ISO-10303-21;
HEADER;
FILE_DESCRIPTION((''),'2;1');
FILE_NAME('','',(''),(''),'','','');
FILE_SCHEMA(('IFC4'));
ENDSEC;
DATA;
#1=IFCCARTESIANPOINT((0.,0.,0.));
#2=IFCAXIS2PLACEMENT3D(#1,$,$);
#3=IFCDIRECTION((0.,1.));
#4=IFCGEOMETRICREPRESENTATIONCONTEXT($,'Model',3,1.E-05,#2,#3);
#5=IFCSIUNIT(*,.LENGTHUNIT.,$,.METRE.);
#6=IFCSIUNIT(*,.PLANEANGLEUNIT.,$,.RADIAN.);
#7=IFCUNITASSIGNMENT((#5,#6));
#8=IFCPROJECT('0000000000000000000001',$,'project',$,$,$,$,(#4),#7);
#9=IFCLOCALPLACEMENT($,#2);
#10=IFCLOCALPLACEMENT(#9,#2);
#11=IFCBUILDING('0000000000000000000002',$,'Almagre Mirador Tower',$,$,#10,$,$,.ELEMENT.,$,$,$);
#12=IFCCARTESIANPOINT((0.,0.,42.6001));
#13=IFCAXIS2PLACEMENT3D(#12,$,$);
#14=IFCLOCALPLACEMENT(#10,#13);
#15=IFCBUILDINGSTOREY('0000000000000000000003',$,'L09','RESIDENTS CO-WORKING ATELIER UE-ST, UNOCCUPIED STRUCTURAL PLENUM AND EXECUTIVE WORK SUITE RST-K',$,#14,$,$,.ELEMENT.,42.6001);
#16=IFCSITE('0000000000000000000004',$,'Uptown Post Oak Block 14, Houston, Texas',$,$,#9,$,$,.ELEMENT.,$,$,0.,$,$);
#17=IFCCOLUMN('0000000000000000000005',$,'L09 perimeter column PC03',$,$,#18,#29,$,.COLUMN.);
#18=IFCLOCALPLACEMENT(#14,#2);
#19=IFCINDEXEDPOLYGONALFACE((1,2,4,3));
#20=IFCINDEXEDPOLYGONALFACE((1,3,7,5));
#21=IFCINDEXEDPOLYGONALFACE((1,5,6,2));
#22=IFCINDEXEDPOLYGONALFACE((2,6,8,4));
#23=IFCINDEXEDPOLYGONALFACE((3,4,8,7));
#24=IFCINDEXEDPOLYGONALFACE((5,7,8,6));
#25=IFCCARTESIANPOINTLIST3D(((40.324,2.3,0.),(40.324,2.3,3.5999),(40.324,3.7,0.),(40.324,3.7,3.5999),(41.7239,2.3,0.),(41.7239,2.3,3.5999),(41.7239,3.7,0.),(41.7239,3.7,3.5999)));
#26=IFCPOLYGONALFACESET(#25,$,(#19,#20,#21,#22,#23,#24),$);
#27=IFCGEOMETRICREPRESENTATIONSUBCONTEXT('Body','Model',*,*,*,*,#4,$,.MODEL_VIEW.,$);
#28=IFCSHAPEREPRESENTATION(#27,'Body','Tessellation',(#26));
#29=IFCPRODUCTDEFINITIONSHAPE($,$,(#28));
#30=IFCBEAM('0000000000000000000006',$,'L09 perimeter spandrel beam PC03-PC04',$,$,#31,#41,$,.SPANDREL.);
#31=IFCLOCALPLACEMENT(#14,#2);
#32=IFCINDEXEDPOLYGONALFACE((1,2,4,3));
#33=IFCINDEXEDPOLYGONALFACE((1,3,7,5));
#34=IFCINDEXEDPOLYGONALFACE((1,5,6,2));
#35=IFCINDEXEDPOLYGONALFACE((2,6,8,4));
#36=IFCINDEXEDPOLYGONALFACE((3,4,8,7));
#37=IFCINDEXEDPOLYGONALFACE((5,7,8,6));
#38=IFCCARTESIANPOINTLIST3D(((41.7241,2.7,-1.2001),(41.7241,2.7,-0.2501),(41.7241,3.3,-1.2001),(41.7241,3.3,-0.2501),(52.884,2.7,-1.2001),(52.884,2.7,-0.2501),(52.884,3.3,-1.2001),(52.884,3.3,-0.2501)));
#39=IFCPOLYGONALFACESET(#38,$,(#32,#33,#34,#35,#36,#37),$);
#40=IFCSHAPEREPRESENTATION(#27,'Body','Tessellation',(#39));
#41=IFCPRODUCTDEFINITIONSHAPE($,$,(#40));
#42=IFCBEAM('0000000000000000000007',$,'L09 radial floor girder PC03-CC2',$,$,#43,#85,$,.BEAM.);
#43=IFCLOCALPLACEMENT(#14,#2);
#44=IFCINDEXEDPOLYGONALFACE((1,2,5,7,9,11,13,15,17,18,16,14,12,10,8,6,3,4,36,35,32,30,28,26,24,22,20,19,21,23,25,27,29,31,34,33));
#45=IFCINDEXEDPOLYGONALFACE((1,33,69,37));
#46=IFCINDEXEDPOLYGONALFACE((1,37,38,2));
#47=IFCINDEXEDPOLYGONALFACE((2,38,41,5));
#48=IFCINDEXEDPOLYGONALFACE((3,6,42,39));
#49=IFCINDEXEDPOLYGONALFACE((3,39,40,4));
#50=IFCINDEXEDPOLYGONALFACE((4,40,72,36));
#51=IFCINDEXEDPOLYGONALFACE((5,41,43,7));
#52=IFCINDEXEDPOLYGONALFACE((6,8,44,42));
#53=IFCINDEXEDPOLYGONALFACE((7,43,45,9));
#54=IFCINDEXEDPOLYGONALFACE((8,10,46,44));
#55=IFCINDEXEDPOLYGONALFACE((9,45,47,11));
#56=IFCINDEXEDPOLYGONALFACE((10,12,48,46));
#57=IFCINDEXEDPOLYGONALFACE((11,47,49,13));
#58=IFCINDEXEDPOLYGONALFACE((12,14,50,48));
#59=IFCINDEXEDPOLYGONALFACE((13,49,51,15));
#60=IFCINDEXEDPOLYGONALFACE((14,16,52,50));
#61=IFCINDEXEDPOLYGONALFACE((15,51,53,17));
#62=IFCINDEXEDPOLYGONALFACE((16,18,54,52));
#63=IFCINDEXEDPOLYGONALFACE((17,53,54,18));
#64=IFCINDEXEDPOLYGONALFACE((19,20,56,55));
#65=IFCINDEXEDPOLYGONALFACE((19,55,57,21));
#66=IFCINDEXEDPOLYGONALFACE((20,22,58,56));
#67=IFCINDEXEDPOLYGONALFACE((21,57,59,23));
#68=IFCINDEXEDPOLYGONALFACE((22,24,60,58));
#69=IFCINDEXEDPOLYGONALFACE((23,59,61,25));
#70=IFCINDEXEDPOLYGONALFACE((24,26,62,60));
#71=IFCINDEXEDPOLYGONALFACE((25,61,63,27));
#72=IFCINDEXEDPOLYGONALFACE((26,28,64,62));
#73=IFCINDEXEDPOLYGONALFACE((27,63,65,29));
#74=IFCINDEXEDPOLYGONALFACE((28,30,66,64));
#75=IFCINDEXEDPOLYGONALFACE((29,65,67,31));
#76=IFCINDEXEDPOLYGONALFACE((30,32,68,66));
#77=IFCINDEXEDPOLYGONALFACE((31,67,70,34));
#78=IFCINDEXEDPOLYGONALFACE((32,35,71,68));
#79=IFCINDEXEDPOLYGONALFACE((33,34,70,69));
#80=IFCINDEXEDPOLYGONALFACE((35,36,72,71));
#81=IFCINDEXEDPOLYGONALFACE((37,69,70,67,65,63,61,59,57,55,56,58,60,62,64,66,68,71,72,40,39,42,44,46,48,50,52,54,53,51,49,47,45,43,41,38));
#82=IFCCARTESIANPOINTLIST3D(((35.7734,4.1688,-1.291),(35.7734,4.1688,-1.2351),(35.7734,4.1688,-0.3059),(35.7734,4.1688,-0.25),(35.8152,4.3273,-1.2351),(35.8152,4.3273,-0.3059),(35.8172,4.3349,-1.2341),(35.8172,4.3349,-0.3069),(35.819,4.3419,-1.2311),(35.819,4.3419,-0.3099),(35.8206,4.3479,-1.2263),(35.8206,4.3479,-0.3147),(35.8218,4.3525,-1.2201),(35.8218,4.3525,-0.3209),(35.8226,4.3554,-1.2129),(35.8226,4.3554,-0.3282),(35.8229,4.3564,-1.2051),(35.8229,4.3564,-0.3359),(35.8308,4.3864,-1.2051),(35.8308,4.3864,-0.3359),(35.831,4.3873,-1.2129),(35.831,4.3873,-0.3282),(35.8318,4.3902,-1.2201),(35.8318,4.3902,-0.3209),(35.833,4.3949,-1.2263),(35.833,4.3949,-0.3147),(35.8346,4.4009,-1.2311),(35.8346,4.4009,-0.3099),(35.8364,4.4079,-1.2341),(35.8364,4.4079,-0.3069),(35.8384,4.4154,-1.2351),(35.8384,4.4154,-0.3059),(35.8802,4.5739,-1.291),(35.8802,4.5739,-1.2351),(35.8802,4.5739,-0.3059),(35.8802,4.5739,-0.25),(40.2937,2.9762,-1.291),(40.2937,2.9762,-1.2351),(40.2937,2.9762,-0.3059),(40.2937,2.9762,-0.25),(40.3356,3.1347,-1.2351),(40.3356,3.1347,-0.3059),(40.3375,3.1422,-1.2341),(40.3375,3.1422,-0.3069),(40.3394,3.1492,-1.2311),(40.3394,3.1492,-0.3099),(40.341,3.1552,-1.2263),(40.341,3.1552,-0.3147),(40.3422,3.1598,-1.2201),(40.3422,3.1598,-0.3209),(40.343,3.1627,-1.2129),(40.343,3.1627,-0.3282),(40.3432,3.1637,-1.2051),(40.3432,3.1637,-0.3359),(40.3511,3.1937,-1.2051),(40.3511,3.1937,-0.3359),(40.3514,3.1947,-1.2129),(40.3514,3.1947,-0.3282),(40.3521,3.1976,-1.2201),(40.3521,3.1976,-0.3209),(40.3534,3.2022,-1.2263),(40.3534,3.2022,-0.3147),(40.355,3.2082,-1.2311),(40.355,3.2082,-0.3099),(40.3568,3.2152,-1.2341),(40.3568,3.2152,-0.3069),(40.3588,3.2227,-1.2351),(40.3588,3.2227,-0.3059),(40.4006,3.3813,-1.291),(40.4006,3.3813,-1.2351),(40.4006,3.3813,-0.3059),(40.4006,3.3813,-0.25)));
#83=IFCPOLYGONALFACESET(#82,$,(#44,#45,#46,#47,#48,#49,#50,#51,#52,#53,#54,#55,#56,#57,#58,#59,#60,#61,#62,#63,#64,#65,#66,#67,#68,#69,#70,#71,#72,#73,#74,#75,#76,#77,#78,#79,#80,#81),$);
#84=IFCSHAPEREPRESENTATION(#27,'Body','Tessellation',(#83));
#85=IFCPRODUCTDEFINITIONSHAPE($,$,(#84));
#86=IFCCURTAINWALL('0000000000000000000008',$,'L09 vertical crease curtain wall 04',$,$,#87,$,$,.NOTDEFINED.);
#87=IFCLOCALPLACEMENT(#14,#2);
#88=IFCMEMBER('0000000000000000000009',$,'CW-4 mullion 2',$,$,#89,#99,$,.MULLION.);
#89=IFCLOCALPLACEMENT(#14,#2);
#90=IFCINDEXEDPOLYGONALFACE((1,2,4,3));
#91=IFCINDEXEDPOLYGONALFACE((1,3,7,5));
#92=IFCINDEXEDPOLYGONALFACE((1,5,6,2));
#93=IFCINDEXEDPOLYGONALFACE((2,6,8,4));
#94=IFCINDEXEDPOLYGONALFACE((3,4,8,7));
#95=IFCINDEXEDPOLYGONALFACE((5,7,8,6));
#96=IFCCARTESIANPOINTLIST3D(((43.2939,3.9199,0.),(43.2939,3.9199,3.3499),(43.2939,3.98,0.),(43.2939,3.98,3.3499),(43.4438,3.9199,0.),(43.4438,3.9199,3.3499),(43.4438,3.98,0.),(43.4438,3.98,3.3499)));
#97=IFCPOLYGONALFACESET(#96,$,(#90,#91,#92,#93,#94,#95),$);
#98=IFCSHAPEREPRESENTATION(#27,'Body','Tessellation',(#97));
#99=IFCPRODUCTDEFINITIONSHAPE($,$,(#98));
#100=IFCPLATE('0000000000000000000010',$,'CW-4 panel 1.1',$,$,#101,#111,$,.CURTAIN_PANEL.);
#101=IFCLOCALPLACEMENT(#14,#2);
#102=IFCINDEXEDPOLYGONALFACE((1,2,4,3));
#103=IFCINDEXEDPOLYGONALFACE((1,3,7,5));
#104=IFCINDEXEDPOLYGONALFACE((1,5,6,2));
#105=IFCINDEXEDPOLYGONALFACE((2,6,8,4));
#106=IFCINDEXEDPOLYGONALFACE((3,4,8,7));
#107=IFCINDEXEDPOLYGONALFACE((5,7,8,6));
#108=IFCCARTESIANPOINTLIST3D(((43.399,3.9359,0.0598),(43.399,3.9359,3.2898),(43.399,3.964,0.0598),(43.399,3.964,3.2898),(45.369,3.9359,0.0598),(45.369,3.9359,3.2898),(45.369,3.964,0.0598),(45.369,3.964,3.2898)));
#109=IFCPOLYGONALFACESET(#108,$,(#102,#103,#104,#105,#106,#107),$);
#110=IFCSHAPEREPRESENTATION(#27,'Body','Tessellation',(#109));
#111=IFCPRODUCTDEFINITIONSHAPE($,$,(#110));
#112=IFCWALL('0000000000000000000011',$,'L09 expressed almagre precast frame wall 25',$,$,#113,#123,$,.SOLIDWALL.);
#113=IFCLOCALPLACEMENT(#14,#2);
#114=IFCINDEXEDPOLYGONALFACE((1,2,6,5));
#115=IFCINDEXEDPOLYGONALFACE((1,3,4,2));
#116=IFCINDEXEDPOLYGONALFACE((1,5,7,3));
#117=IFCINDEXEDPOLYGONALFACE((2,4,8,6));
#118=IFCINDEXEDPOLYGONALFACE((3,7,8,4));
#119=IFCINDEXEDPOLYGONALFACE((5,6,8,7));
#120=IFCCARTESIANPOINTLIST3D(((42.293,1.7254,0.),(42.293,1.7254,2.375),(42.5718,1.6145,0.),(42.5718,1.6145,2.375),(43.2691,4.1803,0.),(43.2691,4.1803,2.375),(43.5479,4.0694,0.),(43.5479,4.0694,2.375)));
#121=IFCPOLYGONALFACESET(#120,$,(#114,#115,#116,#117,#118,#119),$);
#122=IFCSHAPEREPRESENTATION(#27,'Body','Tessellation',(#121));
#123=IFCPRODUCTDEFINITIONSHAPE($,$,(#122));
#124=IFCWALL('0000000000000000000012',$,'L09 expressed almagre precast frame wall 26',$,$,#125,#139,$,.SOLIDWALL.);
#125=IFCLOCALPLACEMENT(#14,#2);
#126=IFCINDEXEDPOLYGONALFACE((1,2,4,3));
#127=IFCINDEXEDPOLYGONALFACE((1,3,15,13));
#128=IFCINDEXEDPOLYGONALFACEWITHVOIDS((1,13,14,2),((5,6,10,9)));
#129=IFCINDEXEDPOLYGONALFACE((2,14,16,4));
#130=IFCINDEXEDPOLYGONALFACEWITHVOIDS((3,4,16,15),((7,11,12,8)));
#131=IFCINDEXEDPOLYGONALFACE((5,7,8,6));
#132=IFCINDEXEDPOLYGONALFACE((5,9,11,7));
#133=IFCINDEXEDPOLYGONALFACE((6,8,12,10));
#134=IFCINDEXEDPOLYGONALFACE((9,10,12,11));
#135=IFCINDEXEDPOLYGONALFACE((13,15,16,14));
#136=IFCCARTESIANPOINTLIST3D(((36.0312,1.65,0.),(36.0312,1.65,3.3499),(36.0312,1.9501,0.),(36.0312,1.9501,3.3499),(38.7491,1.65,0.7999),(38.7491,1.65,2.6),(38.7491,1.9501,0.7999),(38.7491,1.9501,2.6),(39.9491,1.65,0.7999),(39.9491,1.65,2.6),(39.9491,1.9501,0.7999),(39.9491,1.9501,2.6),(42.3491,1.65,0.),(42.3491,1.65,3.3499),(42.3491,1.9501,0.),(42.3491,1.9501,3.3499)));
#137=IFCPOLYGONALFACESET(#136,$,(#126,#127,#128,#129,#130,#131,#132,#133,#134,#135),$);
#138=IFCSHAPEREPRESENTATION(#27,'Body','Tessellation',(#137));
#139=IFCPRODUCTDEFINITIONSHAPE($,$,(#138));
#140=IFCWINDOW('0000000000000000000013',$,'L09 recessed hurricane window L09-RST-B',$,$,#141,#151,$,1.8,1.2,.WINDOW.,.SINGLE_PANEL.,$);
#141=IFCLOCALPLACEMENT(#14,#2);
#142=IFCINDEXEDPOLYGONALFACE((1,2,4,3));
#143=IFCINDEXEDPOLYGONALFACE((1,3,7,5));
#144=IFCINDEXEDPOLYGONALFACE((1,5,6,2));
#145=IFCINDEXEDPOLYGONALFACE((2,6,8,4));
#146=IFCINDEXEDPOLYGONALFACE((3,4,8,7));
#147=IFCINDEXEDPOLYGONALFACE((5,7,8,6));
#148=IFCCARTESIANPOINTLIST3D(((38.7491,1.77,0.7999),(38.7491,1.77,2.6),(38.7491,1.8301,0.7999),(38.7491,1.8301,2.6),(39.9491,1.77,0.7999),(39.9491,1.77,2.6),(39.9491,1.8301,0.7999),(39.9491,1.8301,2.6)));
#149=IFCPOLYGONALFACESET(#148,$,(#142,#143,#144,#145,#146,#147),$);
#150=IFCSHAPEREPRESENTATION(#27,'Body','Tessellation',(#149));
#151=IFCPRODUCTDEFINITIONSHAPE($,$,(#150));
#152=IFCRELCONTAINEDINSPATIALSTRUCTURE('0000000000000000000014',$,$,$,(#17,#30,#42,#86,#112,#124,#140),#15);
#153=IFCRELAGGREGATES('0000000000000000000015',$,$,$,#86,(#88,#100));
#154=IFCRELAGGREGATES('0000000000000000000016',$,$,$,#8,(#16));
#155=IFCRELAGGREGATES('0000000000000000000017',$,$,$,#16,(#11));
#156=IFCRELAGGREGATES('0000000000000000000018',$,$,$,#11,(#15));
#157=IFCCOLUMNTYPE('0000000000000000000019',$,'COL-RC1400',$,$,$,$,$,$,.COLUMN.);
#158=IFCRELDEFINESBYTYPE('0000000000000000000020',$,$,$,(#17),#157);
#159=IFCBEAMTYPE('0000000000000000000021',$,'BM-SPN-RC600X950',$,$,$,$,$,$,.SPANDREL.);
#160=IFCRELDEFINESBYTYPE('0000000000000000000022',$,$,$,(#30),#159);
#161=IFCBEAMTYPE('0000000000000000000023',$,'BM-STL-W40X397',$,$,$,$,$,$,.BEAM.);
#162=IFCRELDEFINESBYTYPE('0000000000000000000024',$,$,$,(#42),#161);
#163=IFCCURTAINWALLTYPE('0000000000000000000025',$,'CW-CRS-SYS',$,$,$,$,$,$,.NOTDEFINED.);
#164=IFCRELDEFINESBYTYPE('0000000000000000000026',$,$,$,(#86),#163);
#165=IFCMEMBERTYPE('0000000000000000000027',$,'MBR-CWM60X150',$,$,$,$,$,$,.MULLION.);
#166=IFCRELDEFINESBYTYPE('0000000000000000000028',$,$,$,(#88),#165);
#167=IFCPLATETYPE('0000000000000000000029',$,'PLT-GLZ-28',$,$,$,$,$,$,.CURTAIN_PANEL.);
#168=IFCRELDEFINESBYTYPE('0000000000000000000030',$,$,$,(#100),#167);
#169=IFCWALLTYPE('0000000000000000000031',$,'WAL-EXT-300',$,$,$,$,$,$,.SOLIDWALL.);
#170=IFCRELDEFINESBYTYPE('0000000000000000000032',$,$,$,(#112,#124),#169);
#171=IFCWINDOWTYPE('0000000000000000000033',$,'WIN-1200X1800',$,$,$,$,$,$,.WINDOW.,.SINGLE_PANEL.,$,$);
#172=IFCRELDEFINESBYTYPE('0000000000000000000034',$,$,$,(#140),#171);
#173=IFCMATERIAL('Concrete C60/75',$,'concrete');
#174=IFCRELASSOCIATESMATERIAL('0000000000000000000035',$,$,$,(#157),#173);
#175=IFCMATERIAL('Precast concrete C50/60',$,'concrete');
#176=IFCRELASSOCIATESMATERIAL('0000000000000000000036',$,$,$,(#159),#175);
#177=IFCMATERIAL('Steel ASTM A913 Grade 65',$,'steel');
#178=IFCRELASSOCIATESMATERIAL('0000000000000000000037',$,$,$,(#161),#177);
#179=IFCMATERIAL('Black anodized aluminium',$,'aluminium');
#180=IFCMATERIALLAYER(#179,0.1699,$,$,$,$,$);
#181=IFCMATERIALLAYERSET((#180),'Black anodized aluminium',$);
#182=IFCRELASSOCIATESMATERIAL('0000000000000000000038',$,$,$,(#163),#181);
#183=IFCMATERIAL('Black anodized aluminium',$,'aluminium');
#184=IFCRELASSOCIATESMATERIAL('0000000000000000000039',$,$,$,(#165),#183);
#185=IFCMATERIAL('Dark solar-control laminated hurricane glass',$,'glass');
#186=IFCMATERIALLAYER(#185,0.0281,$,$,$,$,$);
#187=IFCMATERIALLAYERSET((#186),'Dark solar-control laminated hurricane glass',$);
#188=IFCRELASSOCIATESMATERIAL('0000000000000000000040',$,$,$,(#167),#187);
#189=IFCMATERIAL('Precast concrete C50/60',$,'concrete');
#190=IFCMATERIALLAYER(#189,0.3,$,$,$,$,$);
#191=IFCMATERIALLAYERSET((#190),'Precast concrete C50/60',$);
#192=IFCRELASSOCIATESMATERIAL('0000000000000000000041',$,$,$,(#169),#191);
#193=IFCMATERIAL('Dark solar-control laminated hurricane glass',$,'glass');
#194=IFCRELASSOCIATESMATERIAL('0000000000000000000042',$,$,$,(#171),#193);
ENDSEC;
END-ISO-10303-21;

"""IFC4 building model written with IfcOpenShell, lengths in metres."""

from ifc_helpers import new_model, si_unit, direction, frame, frame_2d, origin, origin_2d, place, context, subcontext, project, spatial, rectangle, i_section, extrude, material, layer, layer_set, material_profile, profile_set, type_object, element, fill, aggregate, save


model = new_model("IFC4")

# Units and contexts
model_context = context("Model", 3, precision=1e-05, world=origin(), true_north=direction((0.0, 1.0)))
body_context = subcontext(model_context, "Body", "Model", "MODEL_VIEW")
ifc_project = project(units=[si_unit("LENGTHUNIT", "METRE"), si_unit("PLANEANGLEUNIT", "RADIAN")], contexts=[model_context])

# Site, building, storey
site_placement = place(None, origin())
site = spatial("IfcSite", under=ifc_project, at=site_placement, Name="Uptown Post Oak Block 14, Houston, Texas", CompositionType="ELEMENT", RefElevation=0.0)
building_placement = place(site_placement, origin())
building = spatial("IfcBuilding", under=site, at=building_placement, Name="Almagre Mirador Tower", CompositionType="ELEMENT")
storey_placement = place(building_placement, frame((0.0, 0.0, 42.6001)))
storey = spatial("IfcBuildingStorey", under=building, at=storey_placement, Name="L09", Description="RESIDENTS CO-WORKING ATELIER UE-ST, UNOCCUPIED STRUCTURAL PLENUM AND EXECUTIVE WORK SUITE RST-K", CompositionType="ELEMENT", Elevation=42.6001)

# Column
ifc_material_1 = material(Name="Concrete C60/75", Category="concrete")
ifc_material_profile_1 = material_profile(ifc_material_1, rectangle(XDim=1.3999, YDim=1.3999, at=origin_2d()), Name="RC1400X1400")
ifc_profile_set_1 = profile_set([ifc_material_profile_1], Name="Concrete C60/75")
column_type = type_object("IfcColumnType", Name="COL-RC1400", PredefinedType="COLUMN", material=ifc_profile_set_1)
column_placement = place(storey_placement, frame((41.0239, 3.0, 0.0), z_axis=(0.0, 0.0, 1.0), x_axis=(1.0, 0.0, 0.0)))
element("IfcColumn", 1, at=column_placement, inside=storey, type_object=column_type, Name="L09 perimeter column PC03", PredefinedType="COLUMN", context=body_context, shape_type="SweptSolid", body=[
    extrude(rectangle(XDim=1.3999, YDim=1.3999, at=origin_2d()), origin(), (0.0, 0.0, 1.0), 3.5999),
])

# Beams
ifc_material_2 = material(Name="Precast concrete C50/60", Category="concrete")
ifc_material_profile_2 = material_profile(ifc_material_2, rectangle(XDim=0.6001, YDim=0.95, at=origin_2d()), Name="RC600X950")
ifc_profile_set_2 = profile_set([ifc_material_profile_2], Name="Precast concrete C50/60")
beam_type_1 = type_object("IfcBeamType", Name="BM-SPN-RC600X950", PredefinedType="SPANDREL", material=ifc_profile_set_2)
beam_1_placement = place(storey_placement, frame((41.7241, 3.0, -0.7251), z_axis=(1.0, 0.0, 0.0), x_axis=(0.0, 1.0, 0.0)))
element("IfcBeam", 2, at=beam_1_placement, inside=storey, type_object=beam_type_1, Name="L09 perimeter spandrel beam PC03-PC04", PredefinedType="SPANDREL", context=body_context, shape_type="SweptSolid", body=[
    extrude(rectangle(XDim=0.6001, YDim=0.95, at=origin_2d()), origin(), (0.0, 0.0, 1.0), 11.1599),
])
ifc_material_3 = material(Name="Steel ASTM A913 Grade 65", Category="steel")
ifc_material_profile_3 = material_profile(ifc_material_3, i_section(OverallWidth=0.4189, OverallDepth=1.041, WebThickness=0.031, FlangeThickness=0.0559, FilletRadius=0.03, at=origin_2d()), Name="W40X397")
ifc_profile_set_3 = profile_set([ifc_material_profile_3], Name="Steel ASTM A913 Grade 65")
beam_type_2 = type_object("IfcBeamType", Name="BM-STL-W40X397", PredefinedType="BEAM", material=ifc_profile_set_3)
beam_2_placement = place(storey_placement, frame((40.3472, 3.1787, -0.7705), z_axis=(-0.966912, 0.25511, 0.0), x_axis=(-0.25511, -0.966912, 0.0)))
element("IfcBeam", 3, at=beam_2_placement, inside=storey, type_object=beam_type_2, Name="L09 radial floor girder PC03-CC2", PredefinedType="BEAM", context=body_context, shape_type="SweptSolid", body=[
    extrude(i_section(OverallWidth=0.4189, OverallDepth=1.041, WebThickness=0.031, FlangeThickness=0.0559, FilletRadius=0.03, at=origin_2d()), origin(), (0.0, 0.0, 1.0), 4.675),
])

# Curtain wall, member, plate
ifc_material_4 = material(Name="Black anodized aluminium", Category="aluminium")
ifc_layer_1 = layer(ifc_material_4, 0.1699)
ifc_layer_set_1 = layer_set([ifc_layer_1], Name="Black anodized aluminium")
curtain_wall_type = type_object("IfcCurtainWallType", Name="CW-CRS-SYS", PredefinedType="NOTDEFINED", material=ifc_layer_set_1)
curtain_wall_placement = place(storey_placement, origin())
curtain_wall = element("IfcCurtainWall", 4, at=curtain_wall_placement, inside=storey, type_object=curtain_wall_type, Name="L09 vertical crease curtain wall 04", PredefinedType="NOTDEFINED")
ifc_material_5 = material(Name="Black anodized aluminium", Category="aluminium")
ifc_material_profile_4 = material_profile(ifc_material_5, rectangle(XDim=0.0601, YDim=0.1499, at=origin_2d()), Name="CWM60X150")
ifc_profile_set_4 = profile_set([ifc_material_profile_4], Name="Black anodized aluminium")
member_type = type_object("IfcMemberType", Name="MBR-CWM60X150", PredefinedType="MULLION", material=ifc_profile_set_4)
member_placement = place(storey_placement, frame((43.3689, 3.95, 0.0), z_axis=(0.0, 0.0, 1.0), x_axis=(0.0, -1.0, 0.0)))
member = element("IfcMember", 5, at=member_placement, type_object=member_type, Name="CW-4 mullion 2", PredefinedType="MULLION", context=body_context, shape_type="SweptSolid", body=[
    extrude(rectangle(XDim=0.0601, YDim=0.1499, at=origin_2d()), origin(), (0.0, 0.0, 1.0), 3.3499),
])
ifc_material_6 = material(Name="Dark solar-control laminated hurricane glass", Category="glass")
ifc_layer_2 = layer(ifc_material_6, 0.0281)
ifc_layer_set_2 = layer_set([ifc_layer_2], Name="Dark solar-control laminated hurricane glass")
plate_type = type_object("IfcPlateType", Name="PLT-GLZ-28", PredefinedType="CURTAIN_PANEL", material=ifc_layer_set_2)
plate_placement = place(storey_placement, frame((44.384, 3.95, 0.0598), z_axis=(0.0, 0.0, 1.0), x_axis=(-1.0, 0.0, 0.0)))
plate = element("IfcPlate", 6, at=plate_placement, type_object=plate_type, Name="CW-4 panel 1.1", PredefinedType="CURTAIN_PANEL", context=body_context, shape_type="SweptSolid", body=[
    extrude(rectangle(XDim=1.97, YDim=0.0281, at=origin_2d()), origin(), (0.0, 0.0, 1.0), 3.23),
])
aggregate(curtain_wall, [member, plate])

# Wall
ifc_material_7 = material(Name="Precast concrete C50/60", Category="concrete")
ifc_layer_3 = layer(ifc_material_7, 0.3)
ifc_layer_set_3 = layer_set([ifc_layer_3], Name="Precast concrete C50/60")
wall_type_1 = type_object("IfcWallType", Name="WAL-EXT-300", PredefinedType="SOLIDWALL", material=ifc_layer_set_3)
wall_1_placement = place(storey_placement, frame((43.4084, 4.1248, 0.0), z_axis=(0.0, 0.0, 1.0), x_axis=(-0.369478, -0.92924, 0.0)))
element("IfcWall", 7, at=wall_1_placement, inside=storey, type_object=wall_type_1, Name="L09 expressed almagre precast frame wall 25", PredefinedType="SOLIDWALL", context=body_context, shape_type="SweptSolid", body=[
    extrude(rectangle(XDim=2.6418, YDim=0.3, at=frame_2d((1.3208, 0.0))), origin(), (0.0, 0.0, 1.0), 2.375),
])

# Wall, opening, window
wall_2_placement = place(storey_placement, frame((42.3491, 1.8, 0.0), z_axis=(0.0, 0.0, 1.0), x_axis=(-1.0, 0.0, 0.0)))
wall_2 = element("IfcWall", 8, at=wall_2_placement, inside=storey, type_object=wall_type_1, Name="L09 expressed almagre precast frame wall 26", PredefinedType="SOLIDWALL", context=body_context, shape_type="SweptSolid", body=[
    extrude(rectangle(XDim=6.3179, YDim=0.3, at=frame_2d((3.1589, 0.0))), origin(), (0.0, 0.0, 1.0), 3.3499),
])
opening_1_placement = place(wall_2_placement, frame((2.3999, 0.0, 0.8)))
opening_1 = element("IfcOpeningElement", 9, at=opening_1_placement, cuts=wall_2, PredefinedType="OPENING", context=body_context, shape_type="SweptSolid", body=[
    extrude(rectangle(XDim=1.2, YDim=1.8, at=frame_2d((0.6001, 0.8999))), frame((0.0, 0.1599, 0.0), z_axis=(0.0, -1.0, 0.0), x_axis=(1.0, 0.0, 0.0)), (0.0, 0.0, 1.0), 0.32),
])
ifc_material_8 = material(Name="Dark solar-control laminated hurricane glass", Category="glass")
window_type = type_object("IfcWindowType", Name="WIN-1200X1800", PartitioningType="SINGLE_PANEL", PredefinedType="WINDOW", material=ifc_material_8)
window_placement = place(opening_1_placement, origin())
window = element("IfcWindow", 10, at=window_placement, inside=storey, type_object=window_type, Name="L09 recessed hurricane window L09-RST-B", OverallHeight=1.8, OverallWidth=1.2, PartitioningType="SINGLE_PANEL", PredefinedType="WINDOW", context=body_context, shape_type="SweptSolid", body=[
    extrude(rectangle(XDim=1.2, YDim=1.8, at=frame_2d((0.6001, 0.8999))), frame((0.0, 0.03, 0.0), z_axis=(0.0, -1.0, 0.0), x_axis=(1.0, 0.0, 0.0)), (0.0, 0.0, 1.0), 0.0601),
])
fill(opening_1, window)

save(model, "model.ifc")
